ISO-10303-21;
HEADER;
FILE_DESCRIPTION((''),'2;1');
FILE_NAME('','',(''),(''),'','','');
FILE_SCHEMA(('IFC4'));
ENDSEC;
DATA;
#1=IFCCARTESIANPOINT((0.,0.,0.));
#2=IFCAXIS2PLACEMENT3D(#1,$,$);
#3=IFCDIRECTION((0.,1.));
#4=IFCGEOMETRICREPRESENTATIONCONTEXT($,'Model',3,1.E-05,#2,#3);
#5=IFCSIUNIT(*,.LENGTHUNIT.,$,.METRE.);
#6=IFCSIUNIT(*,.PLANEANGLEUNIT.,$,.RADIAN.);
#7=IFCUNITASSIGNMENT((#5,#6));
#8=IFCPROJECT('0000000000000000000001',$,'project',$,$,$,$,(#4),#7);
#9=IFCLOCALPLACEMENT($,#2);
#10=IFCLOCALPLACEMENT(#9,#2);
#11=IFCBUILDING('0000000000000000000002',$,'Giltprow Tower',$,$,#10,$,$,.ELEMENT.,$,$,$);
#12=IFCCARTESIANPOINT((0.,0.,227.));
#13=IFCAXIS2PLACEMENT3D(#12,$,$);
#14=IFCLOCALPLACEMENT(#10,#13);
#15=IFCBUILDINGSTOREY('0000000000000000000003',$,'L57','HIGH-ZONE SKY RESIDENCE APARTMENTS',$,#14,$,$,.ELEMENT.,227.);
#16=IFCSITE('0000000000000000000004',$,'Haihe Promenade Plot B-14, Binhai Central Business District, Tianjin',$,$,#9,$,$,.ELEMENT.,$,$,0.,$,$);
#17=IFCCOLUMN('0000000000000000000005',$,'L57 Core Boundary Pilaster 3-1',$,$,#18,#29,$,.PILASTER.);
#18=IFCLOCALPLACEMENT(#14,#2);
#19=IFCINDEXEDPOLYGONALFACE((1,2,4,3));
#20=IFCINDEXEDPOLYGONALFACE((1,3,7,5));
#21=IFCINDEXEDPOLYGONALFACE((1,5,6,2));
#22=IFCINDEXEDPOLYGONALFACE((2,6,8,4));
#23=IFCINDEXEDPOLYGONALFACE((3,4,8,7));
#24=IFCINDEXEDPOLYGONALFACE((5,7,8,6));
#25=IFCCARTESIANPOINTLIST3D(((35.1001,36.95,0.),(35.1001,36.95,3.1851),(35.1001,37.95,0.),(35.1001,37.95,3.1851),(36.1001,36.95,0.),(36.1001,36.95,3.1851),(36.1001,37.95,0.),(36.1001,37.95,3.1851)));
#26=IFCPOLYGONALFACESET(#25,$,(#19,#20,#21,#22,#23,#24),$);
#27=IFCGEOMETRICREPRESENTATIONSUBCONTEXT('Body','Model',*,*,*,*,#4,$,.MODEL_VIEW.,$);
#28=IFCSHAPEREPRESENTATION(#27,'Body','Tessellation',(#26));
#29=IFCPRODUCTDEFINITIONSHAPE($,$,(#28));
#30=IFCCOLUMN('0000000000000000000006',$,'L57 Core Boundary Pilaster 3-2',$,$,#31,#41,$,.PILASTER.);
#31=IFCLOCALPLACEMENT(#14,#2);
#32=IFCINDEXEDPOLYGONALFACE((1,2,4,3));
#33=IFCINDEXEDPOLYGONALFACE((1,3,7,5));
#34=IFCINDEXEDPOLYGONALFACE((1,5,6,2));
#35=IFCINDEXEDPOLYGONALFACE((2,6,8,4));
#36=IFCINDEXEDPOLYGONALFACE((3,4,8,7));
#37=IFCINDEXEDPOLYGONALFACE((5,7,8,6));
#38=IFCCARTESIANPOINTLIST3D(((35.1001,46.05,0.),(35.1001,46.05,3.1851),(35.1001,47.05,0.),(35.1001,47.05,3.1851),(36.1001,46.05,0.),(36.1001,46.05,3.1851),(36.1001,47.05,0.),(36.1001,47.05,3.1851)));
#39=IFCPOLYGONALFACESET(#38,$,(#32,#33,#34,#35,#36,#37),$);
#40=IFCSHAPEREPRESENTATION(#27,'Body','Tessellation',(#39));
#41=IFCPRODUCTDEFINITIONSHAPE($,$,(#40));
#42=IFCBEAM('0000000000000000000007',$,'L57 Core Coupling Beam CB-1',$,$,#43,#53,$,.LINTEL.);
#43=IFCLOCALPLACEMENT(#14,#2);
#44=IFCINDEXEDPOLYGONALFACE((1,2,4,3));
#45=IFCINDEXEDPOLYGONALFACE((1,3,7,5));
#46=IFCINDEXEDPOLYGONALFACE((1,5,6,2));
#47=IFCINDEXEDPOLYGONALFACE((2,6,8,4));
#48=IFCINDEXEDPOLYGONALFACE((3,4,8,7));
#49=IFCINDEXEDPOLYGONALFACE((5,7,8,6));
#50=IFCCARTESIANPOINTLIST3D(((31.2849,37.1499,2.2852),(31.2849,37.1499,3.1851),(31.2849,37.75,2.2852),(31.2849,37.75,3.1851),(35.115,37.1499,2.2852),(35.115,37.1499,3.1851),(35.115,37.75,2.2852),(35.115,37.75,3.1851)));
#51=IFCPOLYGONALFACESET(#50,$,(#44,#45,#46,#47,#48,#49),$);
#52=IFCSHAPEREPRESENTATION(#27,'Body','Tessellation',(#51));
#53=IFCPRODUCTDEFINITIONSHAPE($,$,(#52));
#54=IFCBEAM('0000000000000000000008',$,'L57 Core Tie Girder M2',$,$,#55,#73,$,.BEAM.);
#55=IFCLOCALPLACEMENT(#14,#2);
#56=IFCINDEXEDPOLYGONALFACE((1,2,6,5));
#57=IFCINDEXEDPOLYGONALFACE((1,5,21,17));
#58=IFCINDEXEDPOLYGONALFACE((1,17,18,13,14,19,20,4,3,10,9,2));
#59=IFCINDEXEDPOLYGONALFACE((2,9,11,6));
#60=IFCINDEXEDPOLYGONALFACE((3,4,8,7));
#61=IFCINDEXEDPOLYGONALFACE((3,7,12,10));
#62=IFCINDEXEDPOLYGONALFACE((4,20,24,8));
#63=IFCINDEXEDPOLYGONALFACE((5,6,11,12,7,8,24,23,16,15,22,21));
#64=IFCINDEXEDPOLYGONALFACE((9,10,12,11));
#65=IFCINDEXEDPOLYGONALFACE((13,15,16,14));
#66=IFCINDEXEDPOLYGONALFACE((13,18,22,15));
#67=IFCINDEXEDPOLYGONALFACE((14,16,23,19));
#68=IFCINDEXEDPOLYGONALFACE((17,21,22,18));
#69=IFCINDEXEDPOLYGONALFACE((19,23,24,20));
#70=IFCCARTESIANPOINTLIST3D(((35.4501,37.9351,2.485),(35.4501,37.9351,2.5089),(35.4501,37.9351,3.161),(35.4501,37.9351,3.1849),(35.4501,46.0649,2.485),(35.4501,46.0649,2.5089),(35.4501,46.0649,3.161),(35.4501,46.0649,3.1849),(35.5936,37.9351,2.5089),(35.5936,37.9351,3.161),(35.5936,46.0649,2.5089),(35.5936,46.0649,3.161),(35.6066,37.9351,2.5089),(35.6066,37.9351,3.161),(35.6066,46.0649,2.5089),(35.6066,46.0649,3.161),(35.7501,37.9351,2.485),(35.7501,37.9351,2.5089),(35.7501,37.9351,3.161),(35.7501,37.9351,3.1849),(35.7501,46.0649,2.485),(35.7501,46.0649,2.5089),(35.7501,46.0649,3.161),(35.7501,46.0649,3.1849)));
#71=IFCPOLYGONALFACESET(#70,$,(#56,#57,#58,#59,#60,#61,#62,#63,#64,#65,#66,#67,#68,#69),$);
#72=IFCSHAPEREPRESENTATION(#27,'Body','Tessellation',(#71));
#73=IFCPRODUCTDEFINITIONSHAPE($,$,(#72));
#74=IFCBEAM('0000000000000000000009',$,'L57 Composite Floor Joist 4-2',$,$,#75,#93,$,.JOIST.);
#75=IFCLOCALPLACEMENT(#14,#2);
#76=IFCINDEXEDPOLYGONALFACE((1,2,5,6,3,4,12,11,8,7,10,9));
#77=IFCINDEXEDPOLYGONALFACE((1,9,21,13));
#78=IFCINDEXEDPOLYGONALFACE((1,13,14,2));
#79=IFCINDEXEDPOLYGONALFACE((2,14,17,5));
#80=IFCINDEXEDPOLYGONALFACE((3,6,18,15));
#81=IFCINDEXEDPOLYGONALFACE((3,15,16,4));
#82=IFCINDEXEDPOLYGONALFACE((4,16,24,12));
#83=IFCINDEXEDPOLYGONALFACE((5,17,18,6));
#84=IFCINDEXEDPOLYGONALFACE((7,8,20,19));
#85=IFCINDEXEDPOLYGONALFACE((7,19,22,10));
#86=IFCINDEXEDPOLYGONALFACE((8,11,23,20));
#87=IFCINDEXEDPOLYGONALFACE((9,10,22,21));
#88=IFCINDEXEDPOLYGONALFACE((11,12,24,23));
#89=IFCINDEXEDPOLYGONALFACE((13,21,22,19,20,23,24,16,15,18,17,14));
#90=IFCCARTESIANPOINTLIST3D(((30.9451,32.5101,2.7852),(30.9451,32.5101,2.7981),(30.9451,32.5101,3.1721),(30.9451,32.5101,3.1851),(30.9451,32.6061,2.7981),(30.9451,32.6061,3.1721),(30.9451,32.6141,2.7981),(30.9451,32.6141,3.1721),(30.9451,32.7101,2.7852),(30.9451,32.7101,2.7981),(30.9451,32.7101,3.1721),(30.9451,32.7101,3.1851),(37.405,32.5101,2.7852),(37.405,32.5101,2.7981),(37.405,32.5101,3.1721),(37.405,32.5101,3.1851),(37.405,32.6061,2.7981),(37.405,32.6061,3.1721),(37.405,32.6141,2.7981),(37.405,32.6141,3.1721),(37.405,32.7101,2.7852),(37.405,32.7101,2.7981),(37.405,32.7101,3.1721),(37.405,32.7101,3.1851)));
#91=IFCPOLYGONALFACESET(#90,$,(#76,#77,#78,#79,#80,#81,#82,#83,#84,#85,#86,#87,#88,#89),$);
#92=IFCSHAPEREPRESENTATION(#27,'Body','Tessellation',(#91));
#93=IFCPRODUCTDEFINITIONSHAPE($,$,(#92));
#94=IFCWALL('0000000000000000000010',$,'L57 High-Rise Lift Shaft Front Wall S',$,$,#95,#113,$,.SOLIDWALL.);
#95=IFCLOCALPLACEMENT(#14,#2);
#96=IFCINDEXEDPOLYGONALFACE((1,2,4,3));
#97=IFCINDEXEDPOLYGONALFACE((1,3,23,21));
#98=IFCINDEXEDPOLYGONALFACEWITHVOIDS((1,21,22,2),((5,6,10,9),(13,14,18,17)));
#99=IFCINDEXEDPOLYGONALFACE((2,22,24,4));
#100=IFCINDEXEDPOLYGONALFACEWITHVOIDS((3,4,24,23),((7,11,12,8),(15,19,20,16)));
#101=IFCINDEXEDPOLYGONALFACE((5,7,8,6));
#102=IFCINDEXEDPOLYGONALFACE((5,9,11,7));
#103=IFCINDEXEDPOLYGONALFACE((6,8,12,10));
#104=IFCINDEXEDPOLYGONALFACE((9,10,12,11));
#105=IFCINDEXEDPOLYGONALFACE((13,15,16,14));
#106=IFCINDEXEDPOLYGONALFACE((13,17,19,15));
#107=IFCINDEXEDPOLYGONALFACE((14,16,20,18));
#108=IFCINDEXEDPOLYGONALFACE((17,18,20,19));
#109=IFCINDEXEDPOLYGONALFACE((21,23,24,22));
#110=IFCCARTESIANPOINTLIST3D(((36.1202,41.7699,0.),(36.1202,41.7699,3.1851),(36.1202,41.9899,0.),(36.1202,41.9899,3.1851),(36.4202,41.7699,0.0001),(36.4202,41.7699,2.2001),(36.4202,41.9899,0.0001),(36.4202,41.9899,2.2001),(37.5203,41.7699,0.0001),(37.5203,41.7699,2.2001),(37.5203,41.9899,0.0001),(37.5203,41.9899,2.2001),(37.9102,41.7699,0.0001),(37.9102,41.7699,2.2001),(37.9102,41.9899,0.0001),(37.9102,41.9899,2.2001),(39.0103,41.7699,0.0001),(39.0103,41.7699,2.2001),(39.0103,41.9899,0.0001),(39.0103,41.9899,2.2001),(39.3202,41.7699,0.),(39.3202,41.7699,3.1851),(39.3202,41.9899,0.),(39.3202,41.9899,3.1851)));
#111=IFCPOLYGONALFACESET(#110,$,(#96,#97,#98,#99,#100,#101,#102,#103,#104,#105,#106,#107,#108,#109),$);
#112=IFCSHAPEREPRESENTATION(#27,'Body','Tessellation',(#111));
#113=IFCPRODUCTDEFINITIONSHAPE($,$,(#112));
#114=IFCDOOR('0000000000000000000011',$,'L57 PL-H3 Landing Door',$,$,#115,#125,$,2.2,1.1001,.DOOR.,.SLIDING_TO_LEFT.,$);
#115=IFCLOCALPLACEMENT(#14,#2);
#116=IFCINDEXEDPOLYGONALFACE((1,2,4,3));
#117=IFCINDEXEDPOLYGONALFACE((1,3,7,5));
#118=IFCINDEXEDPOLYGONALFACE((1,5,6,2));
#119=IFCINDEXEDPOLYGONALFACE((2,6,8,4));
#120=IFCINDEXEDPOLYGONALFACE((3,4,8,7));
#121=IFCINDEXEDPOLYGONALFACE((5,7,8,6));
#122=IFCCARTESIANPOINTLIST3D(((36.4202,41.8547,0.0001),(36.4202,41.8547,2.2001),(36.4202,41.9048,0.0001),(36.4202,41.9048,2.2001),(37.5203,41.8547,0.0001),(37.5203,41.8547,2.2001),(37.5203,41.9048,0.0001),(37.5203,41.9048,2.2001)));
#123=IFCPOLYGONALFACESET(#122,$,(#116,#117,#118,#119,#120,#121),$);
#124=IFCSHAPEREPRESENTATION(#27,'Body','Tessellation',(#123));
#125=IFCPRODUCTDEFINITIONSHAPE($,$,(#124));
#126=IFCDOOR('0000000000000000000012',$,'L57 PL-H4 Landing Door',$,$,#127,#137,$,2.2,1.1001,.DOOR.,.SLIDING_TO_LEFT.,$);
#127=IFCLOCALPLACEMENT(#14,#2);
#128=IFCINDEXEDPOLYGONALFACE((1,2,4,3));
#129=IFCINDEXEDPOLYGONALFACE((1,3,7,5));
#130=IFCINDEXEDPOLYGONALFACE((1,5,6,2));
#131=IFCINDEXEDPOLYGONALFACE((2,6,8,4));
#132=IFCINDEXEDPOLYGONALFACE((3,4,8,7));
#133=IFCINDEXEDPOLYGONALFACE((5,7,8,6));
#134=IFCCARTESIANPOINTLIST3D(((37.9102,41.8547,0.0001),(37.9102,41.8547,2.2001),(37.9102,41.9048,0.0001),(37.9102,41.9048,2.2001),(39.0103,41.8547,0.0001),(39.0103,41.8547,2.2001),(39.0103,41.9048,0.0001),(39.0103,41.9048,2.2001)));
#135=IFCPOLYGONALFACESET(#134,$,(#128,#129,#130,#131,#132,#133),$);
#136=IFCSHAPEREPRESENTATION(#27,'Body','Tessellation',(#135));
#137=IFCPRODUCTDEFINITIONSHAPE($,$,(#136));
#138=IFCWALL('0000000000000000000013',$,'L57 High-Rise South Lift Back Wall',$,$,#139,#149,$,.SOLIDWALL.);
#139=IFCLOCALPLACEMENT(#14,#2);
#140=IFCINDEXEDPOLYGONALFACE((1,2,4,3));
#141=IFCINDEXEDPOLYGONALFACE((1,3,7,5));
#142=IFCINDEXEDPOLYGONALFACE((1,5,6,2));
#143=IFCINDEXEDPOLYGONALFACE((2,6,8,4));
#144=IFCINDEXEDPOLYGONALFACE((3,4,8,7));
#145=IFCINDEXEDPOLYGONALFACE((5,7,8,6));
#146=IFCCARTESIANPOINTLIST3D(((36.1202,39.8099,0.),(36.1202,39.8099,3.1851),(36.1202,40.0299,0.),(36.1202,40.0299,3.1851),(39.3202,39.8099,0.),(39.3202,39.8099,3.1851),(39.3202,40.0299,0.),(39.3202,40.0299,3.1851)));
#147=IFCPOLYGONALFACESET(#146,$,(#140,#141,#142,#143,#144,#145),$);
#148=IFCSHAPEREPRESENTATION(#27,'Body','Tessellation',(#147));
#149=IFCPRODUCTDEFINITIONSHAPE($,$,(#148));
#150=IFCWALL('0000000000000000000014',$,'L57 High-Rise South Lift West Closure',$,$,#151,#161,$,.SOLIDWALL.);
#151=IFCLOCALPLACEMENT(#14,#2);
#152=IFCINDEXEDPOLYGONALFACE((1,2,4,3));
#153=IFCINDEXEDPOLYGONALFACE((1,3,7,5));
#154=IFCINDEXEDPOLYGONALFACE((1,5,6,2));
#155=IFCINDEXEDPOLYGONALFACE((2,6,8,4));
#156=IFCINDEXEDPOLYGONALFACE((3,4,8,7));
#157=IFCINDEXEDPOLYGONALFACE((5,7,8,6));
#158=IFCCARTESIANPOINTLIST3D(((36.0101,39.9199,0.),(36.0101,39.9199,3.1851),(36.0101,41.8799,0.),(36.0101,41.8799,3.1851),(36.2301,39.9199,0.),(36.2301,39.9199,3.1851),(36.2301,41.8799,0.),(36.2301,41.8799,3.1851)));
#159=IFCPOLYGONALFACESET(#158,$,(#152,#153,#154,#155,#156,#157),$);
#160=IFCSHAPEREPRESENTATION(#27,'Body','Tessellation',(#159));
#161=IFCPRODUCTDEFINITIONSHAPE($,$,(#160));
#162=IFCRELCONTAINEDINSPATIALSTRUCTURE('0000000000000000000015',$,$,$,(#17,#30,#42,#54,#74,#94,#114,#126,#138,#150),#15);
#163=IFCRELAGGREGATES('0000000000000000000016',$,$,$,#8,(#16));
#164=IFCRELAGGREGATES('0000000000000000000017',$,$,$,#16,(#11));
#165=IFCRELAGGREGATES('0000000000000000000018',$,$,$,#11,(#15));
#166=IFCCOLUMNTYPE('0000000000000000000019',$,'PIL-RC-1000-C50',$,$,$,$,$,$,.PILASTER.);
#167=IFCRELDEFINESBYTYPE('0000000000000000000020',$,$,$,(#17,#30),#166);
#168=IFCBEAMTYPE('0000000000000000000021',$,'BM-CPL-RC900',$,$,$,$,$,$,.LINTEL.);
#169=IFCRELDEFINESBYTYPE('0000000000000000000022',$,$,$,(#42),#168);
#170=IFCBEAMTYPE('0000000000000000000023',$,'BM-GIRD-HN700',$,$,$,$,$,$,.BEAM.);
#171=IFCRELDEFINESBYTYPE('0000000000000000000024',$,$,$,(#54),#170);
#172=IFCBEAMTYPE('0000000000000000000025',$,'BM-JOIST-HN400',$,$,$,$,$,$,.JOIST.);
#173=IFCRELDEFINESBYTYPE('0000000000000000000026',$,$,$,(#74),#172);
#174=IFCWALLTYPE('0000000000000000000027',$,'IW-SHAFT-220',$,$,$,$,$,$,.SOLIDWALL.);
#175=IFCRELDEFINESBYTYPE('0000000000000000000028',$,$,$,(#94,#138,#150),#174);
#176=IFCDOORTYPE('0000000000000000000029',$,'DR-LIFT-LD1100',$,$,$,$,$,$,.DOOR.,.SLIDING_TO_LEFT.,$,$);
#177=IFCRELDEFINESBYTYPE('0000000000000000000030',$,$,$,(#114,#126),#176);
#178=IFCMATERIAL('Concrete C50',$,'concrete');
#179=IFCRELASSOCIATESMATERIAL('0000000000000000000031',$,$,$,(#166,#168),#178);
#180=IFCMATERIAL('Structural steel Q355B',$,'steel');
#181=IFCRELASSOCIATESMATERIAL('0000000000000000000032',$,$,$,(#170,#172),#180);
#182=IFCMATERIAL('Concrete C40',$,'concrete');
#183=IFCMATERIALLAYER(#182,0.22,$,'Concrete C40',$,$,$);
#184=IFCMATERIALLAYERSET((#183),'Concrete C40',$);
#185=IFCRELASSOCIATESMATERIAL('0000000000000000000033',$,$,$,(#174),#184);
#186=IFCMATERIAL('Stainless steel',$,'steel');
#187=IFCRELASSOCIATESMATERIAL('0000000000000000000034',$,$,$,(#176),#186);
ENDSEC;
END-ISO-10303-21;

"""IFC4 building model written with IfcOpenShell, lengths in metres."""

from ifc_helpers import new_model, si_unit, direction, frame, frame_2d, origin, origin_2d, place, context, subcontext, project, spatial, rectangle, i_section, extrude, source, transform, mapped, material, layer, layer_set, material_profile, profile_set, type_object, element, fill, save


model = new_model("IFC4")

# Units and contexts
model_context = context("Model", 3, precision=1e-05, world=origin(), true_north=direction((0.0, 1.0)))
body_context = subcontext(model_context, "Body", "Model", "MODEL_VIEW")
ifc_project = project(units=[si_unit("LENGTHUNIT", "METRE"), si_unit("PLANEANGLEUNIT", "RADIAN")], contexts=[model_context])

# Site, building, storey
site_placement = place(None, origin())
site = spatial("IfcSite", under=ifc_project, at=site_placement, Name="Haihe Promenade Plot B-14, Binhai Central Business District, Tianjin", CompositionType="ELEMENT", RefElevation=0.0)
building_placement = place(site_placement, origin())
building = spatial("IfcBuilding", under=site, at=building_placement, Name="Giltprow Tower", CompositionType="ELEMENT")
storey_placement = place(building_placement, frame((0.0, 0.0, 227.0)))
storey = spatial("IfcBuildingStorey", under=building, at=storey_placement, Name="L57", Description="HIGH-ZONE SKY RESIDENCE APARTMENTS", CompositionType="ELEMENT", Elevation=227.0)

# Columns
ifc_material_1 = material(Name="Concrete C50", Category="concrete")
ifc_material_profile_1 = material_profile(ifc_material_1, rectangle(XDim=1.0, YDim=1.0, at=origin_2d()), Name="RC 1000x1000")
ifc_profile_set_1 = profile_set([ifc_material_profile_1], Name="Concrete C50")
column_type = type_object("IfcColumnType", Name="PIL-RC-1000-C50", PredefinedType="PILASTER", material=ifc_profile_set_1)
shared_shape_1 = source(origin(), body_context, "Body", "SweptSolid", [
    extrude(rectangle(XDim=1.0, YDim=1.0, at=origin_2d()), origin(), (0.0, 0.0, 1.0), 3.1851),
])
for number, where, z_axis, x_axis, name in (
    (1, (35.6001, 37.45, 0.0), (0.0, 0.0, 1.0), (1.0, 0.0, 0.0), "L57 Core Boundary Pilaster 3-1"),
    (2, (35.6001, 46.55, 0.0), (0.0, 0.0, 1.0), (1.0, 0.0, 0.0), "L57 Core Boundary Pilaster 3-2"),
):
    element("IfcColumn", number, at=place(storey_placement, frame(where, z_axis=z_axis, x_axis=x_axis)), inside=storey, type_object=column_type, Name=name, PredefinedType="PILASTER", context=body_context, shape_type="MappedRepresentation", body=[
        mapped(shared_shape_1, transform((0.0, 0.0, 0.0), x_axis=(1.0, 0.0, 0.0), y_axis=(0.0, 1.0, 0.0), z_axis=(0.0, 0.0, 1.0), scale=1.0)),
    ])

# Beams
ifc_material_profile_2 = material_profile(ifc_material_1, rectangle(XDim=0.6001, YDim=0.8999, at=origin_2d()), Name="RC 900x600")
ifc_profile_set_2 = profile_set([ifc_material_profile_2], Name="Concrete C50")
beam_type_1 = type_object("IfcBeamType", Name="BM-CPL-RC900", PredefinedType="LINTEL", material=ifc_profile_set_2)
shared_shape_2 = source(origin(), body_context, "Body", "SweptSolid", [
    extrude(rectangle(XDim=0.6001, YDim=0.8999, at=origin_2d()), origin(), (0.0, 0.0, 1.0), 3.8301),
])
beam_1_placement = place(storey_placement, frame((31.2849, 37.45, 2.7351), z_axis=(1.0, 0.0, 0.0), x_axis=(0.0, 1.0, 0.0)))
element("IfcBeam", 3, at=beam_1_placement, inside=storey, type_object=beam_type_1, Name="L57 Core Coupling Beam CB-1", PredefinedType="LINTEL", context=body_context, shape_type="MappedRepresentation", body=[
    mapped(shared_shape_2, transform((0.0, 0.0, 0.0), x_axis=(1.0, 0.0, 0.0), y_axis=(0.0, 1.0, 0.0), z_axis=(0.0, 0.0, 1.0), scale=1.0)),
])
ifc_material_2 = material(Name="Structural steel Q355B", Category="steel")
ifc_material_profile_3 = material_profile(ifc_material_2, i_section(OverallWidth=0.3, OverallDepth=0.7, WebThickness=0.0129, FlangeThickness=0.0239, at=origin_2d()), Name="HN 700x300x13x24")
ifc_profile_set_3 = profile_set([ifc_material_profile_3], Name="Structural steel Q355B")
beam_type_2 = type_object("IfcBeamType", Name="BM-GIRD-HN700", PredefinedType="BEAM", material=ifc_profile_set_3)
shared_shape_3 = source(origin(), body_context, "Body", "SweptSolid", [
    extrude(i_section(OverallWidth=0.3, OverallDepth=0.7, WebThickness=0.0129, FlangeThickness=0.0239, at=origin_2d()), origin(), (0.0, 0.0, 1.0), 8.1299),
])
beam_2_placement = place(storey_placement, frame((35.6001, 37.9351, 2.835), z_axis=(0.0, 1.0, 0.0), x_axis=(-1.0, 0.0, 0.0)))
element("IfcBeam", 4, at=beam_2_placement, inside=storey, type_object=beam_type_2, Name="L57 Core Tie Girder M2", PredefinedType="BEAM", context=body_context, shape_type="MappedRepresentation", body=[
    mapped(shared_shape_3, transform((0.0, 0.0, 0.0), x_axis=(1.0, 0.0, 0.0), y_axis=(0.0, 1.0, 0.0), z_axis=(0.0, 0.0, 1.0), scale=1.0)),
])
ifc_material_profile_4 = material_profile(ifc_material_2, i_section(OverallWidth=0.2, OverallDepth=0.3999, WebThickness=0.0081, FlangeThickness=0.0129, at=origin_2d()), Name="HN 400x200x8x13")
ifc_profile_set_4 = profile_set([ifc_material_profile_4], Name="Structural steel Q355B")
beam_type_3 = type_object("IfcBeamType", Name="BM-JOIST-HN400", PredefinedType="JOIST", material=ifc_profile_set_4)
shared_shape_4 = source(origin(), body_context, "Body", "SweptSolid", [
    extrude(i_section(OverallWidth=0.2, OverallDepth=0.3999, WebThickness=0.0081, FlangeThickness=0.0129, at=origin_2d()), origin(), (0.0, 0.0, 1.0), 6.46),
])
beam_3_placement = place(storey_placement, frame((30.9451, 32.6101, 2.9851), z_axis=(1.0, 0.0, 0.0), x_axis=(0.0, 1.0, 0.0)))
element("IfcBeam", 5, at=beam_3_placement, inside=storey, type_object=beam_type_3, Name="L57 Composite Floor Joist 4-2", PredefinedType="JOIST", context=body_context, shape_type="MappedRepresentation", body=[
    mapped(shared_shape_4, transform((0.0, 0.0, 0.0), x_axis=(1.0, 0.0, 0.0), y_axis=(0.0, 1.0, 0.0), z_axis=(0.0, 0.0, 1.0), scale=1.0)),
])

# Wall, openings, doors
ifc_material_3 = material(Name="Concrete C40", Category="concrete")
ifc_layer_1 = layer(ifc_material_3, 0.22, Name="Concrete C40")
ifc_layer_set_1 = layer_set([ifc_layer_1], Name="Concrete C40")
wall_type_1 = type_object("IfcWallType", Name="IW-SHAFT-220", PredefinedType="SOLIDWALL", material=ifc_layer_set_1)
wall_1_placement = place(storey_placement, frame((36.1201, 41.8799, 0.0), z_axis=(0.0, 0.0, 1.0), x_axis=(1.0, 0.0, 0.0)))
wall_1 = element("IfcWall", 6, at=wall_1_placement, inside=storey, type_object=wall_type_1, Name="L57 High-Rise Lift Shaft Front Wall S", PredefinedType="SOLIDWALL", context=body_context, shape_type="SweptSolid", body=[
    extrude(rectangle(XDim=3.2, YDim=0.22, at=frame_2d((1.6001, 0.0))), origin(), (0.0, 0.0, 1.0), 3.1851),
])
opening_1_placement = place(wall_1_placement, frame((0.3, 0.0, 0.0)))
opening_1 = element("IfcOpeningElement", 7, at=opening_1_placement, cuts=wall_1, PredefinedType="OPENING", context=body_context, shape_type="SweptSolid", body=[
    extrude(rectangle(XDim=1.1001, YDim=2.2, at=frame_2d((0.55, 1.1001))), frame((0.0, 0.1199, 0.0), z_axis=(0.0, -1.0, 0.0), x_axis=(1.0, 0.0, 0.0)), (0.0, 0.0, 1.0), 0.24),
])
opening_2_placement = place(wall_1_placement, frame((1.79, 0.0, 0.0)))
opening_2 = element("IfcOpeningElement", 8, at=opening_2_placement, cuts=wall_1, PredefinedType="OPENING", context=body_context, shape_type="SweptSolid", body=[
    extrude(rectangle(XDim=1.1001, YDim=2.2, at=frame_2d((0.55, 1.1001))), frame((0.0, 0.1199, 0.0), z_axis=(0.0, -1.0, 0.0), x_axis=(1.0, 0.0, 0.0)), (0.0, 0.0, 1.0), 0.24),
])
ifc_material_4 = material(Name="Stainless steel", Category="steel")
door_type_1 = type_object("IfcDoorType", Name="DR-LIFT-LD1100", OperationType="SLIDING_TO_LEFT", PredefinedType="DOOR", material=ifc_material_4)
shared_shape_5 = source(origin(), body_context, "Body", "SweptSolid", [
    extrude(rectangle(XDim=1.1001, YDim=2.2, at=frame_2d((0.55, 1.1001))), frame((0.0, 0.0249, 0.0), z_axis=(0.0, -1.0, 0.0), x_axis=(1.0, 0.0, 0.0)), (0.0, 0.0, 1.0), 0.05),
])
door_1_placement = place(opening_1_placement, origin())
door_1 = element("IfcDoor", 9, at=door_1_placement, inside=storey, type_object=door_type_1, Name="L57 PL-H3 Landing Door", OperationType="SLIDING_TO_LEFT", OverallHeight=2.2, OverallWidth=1.1001, PredefinedType="DOOR", context=body_context, shape_type="MappedRepresentation", body=[
    mapped(shared_shape_5, transform((0.0, 0.0, 0.0), x_axis=(1.0, 0.0, 0.0), y_axis=(0.0, 1.0, 0.0), z_axis=(0.0, 0.0, 1.0), scale=1.0)),
])
fill(opening_1, door_1)
door_2_placement = place(opening_2_placement, origin())
door_2 = element("IfcDoor", 10, at=door_2_placement, inside=storey, type_object=door_type_1, Name="L57 PL-H4 Landing Door", OperationType="SLIDING_TO_LEFT", OverallHeight=2.2, OverallWidth=1.1001, PredefinedType="DOOR", context=body_context, shape_type="MappedRepresentation", body=[
    mapped(shared_shape_5, transform((0.0, 0.0, 0.0), x_axis=(1.0, 0.0, 0.0), y_axis=(0.0, 1.0, 0.0), z_axis=(0.0, 0.0, 1.0), scale=1.0)),
])
fill(opening_2, door_2)

# Walls
wall_2_placement = place(storey_placement, frame((36.1201, 39.9199, 0.0), z_axis=(0.0, 0.0, 1.0), x_axis=(1.0, 0.0, 0.0)))
element("IfcWall", 11, at=wall_2_placement, inside=storey, type_object=wall_type_1, Name="L57 High-Rise South Lift Back Wall", PredefinedType="SOLIDWALL", context=body_context, shape_type="SweptSolid", body=[
    extrude(rectangle(XDim=3.2, YDim=0.22, at=frame_2d((1.6001, 0.0))), origin(), (0.0, 0.0, 1.0), 3.1851),
])
wall_3_placement = place(storey_placement, frame((36.1201, 39.9199, 0.0), z_axis=(0.0, 0.0, 1.0), x_axis=(0.0, 1.0, 0.0)))
element("IfcWall", 12, at=wall_3_placement, inside=storey, type_object=wall_type_1, Name="L57 High-Rise South Lift West Closure", PredefinedType="SOLIDWALL", context=body_context, shape_type="SweptSolid", body=[
    extrude(rectangle(XDim=1.96, YDim=0.22, at=frame_2d((0.98, 0.0))), origin(), (0.0, 0.0, 1.0), 3.1851),
])

save(model, "model.ifc")
